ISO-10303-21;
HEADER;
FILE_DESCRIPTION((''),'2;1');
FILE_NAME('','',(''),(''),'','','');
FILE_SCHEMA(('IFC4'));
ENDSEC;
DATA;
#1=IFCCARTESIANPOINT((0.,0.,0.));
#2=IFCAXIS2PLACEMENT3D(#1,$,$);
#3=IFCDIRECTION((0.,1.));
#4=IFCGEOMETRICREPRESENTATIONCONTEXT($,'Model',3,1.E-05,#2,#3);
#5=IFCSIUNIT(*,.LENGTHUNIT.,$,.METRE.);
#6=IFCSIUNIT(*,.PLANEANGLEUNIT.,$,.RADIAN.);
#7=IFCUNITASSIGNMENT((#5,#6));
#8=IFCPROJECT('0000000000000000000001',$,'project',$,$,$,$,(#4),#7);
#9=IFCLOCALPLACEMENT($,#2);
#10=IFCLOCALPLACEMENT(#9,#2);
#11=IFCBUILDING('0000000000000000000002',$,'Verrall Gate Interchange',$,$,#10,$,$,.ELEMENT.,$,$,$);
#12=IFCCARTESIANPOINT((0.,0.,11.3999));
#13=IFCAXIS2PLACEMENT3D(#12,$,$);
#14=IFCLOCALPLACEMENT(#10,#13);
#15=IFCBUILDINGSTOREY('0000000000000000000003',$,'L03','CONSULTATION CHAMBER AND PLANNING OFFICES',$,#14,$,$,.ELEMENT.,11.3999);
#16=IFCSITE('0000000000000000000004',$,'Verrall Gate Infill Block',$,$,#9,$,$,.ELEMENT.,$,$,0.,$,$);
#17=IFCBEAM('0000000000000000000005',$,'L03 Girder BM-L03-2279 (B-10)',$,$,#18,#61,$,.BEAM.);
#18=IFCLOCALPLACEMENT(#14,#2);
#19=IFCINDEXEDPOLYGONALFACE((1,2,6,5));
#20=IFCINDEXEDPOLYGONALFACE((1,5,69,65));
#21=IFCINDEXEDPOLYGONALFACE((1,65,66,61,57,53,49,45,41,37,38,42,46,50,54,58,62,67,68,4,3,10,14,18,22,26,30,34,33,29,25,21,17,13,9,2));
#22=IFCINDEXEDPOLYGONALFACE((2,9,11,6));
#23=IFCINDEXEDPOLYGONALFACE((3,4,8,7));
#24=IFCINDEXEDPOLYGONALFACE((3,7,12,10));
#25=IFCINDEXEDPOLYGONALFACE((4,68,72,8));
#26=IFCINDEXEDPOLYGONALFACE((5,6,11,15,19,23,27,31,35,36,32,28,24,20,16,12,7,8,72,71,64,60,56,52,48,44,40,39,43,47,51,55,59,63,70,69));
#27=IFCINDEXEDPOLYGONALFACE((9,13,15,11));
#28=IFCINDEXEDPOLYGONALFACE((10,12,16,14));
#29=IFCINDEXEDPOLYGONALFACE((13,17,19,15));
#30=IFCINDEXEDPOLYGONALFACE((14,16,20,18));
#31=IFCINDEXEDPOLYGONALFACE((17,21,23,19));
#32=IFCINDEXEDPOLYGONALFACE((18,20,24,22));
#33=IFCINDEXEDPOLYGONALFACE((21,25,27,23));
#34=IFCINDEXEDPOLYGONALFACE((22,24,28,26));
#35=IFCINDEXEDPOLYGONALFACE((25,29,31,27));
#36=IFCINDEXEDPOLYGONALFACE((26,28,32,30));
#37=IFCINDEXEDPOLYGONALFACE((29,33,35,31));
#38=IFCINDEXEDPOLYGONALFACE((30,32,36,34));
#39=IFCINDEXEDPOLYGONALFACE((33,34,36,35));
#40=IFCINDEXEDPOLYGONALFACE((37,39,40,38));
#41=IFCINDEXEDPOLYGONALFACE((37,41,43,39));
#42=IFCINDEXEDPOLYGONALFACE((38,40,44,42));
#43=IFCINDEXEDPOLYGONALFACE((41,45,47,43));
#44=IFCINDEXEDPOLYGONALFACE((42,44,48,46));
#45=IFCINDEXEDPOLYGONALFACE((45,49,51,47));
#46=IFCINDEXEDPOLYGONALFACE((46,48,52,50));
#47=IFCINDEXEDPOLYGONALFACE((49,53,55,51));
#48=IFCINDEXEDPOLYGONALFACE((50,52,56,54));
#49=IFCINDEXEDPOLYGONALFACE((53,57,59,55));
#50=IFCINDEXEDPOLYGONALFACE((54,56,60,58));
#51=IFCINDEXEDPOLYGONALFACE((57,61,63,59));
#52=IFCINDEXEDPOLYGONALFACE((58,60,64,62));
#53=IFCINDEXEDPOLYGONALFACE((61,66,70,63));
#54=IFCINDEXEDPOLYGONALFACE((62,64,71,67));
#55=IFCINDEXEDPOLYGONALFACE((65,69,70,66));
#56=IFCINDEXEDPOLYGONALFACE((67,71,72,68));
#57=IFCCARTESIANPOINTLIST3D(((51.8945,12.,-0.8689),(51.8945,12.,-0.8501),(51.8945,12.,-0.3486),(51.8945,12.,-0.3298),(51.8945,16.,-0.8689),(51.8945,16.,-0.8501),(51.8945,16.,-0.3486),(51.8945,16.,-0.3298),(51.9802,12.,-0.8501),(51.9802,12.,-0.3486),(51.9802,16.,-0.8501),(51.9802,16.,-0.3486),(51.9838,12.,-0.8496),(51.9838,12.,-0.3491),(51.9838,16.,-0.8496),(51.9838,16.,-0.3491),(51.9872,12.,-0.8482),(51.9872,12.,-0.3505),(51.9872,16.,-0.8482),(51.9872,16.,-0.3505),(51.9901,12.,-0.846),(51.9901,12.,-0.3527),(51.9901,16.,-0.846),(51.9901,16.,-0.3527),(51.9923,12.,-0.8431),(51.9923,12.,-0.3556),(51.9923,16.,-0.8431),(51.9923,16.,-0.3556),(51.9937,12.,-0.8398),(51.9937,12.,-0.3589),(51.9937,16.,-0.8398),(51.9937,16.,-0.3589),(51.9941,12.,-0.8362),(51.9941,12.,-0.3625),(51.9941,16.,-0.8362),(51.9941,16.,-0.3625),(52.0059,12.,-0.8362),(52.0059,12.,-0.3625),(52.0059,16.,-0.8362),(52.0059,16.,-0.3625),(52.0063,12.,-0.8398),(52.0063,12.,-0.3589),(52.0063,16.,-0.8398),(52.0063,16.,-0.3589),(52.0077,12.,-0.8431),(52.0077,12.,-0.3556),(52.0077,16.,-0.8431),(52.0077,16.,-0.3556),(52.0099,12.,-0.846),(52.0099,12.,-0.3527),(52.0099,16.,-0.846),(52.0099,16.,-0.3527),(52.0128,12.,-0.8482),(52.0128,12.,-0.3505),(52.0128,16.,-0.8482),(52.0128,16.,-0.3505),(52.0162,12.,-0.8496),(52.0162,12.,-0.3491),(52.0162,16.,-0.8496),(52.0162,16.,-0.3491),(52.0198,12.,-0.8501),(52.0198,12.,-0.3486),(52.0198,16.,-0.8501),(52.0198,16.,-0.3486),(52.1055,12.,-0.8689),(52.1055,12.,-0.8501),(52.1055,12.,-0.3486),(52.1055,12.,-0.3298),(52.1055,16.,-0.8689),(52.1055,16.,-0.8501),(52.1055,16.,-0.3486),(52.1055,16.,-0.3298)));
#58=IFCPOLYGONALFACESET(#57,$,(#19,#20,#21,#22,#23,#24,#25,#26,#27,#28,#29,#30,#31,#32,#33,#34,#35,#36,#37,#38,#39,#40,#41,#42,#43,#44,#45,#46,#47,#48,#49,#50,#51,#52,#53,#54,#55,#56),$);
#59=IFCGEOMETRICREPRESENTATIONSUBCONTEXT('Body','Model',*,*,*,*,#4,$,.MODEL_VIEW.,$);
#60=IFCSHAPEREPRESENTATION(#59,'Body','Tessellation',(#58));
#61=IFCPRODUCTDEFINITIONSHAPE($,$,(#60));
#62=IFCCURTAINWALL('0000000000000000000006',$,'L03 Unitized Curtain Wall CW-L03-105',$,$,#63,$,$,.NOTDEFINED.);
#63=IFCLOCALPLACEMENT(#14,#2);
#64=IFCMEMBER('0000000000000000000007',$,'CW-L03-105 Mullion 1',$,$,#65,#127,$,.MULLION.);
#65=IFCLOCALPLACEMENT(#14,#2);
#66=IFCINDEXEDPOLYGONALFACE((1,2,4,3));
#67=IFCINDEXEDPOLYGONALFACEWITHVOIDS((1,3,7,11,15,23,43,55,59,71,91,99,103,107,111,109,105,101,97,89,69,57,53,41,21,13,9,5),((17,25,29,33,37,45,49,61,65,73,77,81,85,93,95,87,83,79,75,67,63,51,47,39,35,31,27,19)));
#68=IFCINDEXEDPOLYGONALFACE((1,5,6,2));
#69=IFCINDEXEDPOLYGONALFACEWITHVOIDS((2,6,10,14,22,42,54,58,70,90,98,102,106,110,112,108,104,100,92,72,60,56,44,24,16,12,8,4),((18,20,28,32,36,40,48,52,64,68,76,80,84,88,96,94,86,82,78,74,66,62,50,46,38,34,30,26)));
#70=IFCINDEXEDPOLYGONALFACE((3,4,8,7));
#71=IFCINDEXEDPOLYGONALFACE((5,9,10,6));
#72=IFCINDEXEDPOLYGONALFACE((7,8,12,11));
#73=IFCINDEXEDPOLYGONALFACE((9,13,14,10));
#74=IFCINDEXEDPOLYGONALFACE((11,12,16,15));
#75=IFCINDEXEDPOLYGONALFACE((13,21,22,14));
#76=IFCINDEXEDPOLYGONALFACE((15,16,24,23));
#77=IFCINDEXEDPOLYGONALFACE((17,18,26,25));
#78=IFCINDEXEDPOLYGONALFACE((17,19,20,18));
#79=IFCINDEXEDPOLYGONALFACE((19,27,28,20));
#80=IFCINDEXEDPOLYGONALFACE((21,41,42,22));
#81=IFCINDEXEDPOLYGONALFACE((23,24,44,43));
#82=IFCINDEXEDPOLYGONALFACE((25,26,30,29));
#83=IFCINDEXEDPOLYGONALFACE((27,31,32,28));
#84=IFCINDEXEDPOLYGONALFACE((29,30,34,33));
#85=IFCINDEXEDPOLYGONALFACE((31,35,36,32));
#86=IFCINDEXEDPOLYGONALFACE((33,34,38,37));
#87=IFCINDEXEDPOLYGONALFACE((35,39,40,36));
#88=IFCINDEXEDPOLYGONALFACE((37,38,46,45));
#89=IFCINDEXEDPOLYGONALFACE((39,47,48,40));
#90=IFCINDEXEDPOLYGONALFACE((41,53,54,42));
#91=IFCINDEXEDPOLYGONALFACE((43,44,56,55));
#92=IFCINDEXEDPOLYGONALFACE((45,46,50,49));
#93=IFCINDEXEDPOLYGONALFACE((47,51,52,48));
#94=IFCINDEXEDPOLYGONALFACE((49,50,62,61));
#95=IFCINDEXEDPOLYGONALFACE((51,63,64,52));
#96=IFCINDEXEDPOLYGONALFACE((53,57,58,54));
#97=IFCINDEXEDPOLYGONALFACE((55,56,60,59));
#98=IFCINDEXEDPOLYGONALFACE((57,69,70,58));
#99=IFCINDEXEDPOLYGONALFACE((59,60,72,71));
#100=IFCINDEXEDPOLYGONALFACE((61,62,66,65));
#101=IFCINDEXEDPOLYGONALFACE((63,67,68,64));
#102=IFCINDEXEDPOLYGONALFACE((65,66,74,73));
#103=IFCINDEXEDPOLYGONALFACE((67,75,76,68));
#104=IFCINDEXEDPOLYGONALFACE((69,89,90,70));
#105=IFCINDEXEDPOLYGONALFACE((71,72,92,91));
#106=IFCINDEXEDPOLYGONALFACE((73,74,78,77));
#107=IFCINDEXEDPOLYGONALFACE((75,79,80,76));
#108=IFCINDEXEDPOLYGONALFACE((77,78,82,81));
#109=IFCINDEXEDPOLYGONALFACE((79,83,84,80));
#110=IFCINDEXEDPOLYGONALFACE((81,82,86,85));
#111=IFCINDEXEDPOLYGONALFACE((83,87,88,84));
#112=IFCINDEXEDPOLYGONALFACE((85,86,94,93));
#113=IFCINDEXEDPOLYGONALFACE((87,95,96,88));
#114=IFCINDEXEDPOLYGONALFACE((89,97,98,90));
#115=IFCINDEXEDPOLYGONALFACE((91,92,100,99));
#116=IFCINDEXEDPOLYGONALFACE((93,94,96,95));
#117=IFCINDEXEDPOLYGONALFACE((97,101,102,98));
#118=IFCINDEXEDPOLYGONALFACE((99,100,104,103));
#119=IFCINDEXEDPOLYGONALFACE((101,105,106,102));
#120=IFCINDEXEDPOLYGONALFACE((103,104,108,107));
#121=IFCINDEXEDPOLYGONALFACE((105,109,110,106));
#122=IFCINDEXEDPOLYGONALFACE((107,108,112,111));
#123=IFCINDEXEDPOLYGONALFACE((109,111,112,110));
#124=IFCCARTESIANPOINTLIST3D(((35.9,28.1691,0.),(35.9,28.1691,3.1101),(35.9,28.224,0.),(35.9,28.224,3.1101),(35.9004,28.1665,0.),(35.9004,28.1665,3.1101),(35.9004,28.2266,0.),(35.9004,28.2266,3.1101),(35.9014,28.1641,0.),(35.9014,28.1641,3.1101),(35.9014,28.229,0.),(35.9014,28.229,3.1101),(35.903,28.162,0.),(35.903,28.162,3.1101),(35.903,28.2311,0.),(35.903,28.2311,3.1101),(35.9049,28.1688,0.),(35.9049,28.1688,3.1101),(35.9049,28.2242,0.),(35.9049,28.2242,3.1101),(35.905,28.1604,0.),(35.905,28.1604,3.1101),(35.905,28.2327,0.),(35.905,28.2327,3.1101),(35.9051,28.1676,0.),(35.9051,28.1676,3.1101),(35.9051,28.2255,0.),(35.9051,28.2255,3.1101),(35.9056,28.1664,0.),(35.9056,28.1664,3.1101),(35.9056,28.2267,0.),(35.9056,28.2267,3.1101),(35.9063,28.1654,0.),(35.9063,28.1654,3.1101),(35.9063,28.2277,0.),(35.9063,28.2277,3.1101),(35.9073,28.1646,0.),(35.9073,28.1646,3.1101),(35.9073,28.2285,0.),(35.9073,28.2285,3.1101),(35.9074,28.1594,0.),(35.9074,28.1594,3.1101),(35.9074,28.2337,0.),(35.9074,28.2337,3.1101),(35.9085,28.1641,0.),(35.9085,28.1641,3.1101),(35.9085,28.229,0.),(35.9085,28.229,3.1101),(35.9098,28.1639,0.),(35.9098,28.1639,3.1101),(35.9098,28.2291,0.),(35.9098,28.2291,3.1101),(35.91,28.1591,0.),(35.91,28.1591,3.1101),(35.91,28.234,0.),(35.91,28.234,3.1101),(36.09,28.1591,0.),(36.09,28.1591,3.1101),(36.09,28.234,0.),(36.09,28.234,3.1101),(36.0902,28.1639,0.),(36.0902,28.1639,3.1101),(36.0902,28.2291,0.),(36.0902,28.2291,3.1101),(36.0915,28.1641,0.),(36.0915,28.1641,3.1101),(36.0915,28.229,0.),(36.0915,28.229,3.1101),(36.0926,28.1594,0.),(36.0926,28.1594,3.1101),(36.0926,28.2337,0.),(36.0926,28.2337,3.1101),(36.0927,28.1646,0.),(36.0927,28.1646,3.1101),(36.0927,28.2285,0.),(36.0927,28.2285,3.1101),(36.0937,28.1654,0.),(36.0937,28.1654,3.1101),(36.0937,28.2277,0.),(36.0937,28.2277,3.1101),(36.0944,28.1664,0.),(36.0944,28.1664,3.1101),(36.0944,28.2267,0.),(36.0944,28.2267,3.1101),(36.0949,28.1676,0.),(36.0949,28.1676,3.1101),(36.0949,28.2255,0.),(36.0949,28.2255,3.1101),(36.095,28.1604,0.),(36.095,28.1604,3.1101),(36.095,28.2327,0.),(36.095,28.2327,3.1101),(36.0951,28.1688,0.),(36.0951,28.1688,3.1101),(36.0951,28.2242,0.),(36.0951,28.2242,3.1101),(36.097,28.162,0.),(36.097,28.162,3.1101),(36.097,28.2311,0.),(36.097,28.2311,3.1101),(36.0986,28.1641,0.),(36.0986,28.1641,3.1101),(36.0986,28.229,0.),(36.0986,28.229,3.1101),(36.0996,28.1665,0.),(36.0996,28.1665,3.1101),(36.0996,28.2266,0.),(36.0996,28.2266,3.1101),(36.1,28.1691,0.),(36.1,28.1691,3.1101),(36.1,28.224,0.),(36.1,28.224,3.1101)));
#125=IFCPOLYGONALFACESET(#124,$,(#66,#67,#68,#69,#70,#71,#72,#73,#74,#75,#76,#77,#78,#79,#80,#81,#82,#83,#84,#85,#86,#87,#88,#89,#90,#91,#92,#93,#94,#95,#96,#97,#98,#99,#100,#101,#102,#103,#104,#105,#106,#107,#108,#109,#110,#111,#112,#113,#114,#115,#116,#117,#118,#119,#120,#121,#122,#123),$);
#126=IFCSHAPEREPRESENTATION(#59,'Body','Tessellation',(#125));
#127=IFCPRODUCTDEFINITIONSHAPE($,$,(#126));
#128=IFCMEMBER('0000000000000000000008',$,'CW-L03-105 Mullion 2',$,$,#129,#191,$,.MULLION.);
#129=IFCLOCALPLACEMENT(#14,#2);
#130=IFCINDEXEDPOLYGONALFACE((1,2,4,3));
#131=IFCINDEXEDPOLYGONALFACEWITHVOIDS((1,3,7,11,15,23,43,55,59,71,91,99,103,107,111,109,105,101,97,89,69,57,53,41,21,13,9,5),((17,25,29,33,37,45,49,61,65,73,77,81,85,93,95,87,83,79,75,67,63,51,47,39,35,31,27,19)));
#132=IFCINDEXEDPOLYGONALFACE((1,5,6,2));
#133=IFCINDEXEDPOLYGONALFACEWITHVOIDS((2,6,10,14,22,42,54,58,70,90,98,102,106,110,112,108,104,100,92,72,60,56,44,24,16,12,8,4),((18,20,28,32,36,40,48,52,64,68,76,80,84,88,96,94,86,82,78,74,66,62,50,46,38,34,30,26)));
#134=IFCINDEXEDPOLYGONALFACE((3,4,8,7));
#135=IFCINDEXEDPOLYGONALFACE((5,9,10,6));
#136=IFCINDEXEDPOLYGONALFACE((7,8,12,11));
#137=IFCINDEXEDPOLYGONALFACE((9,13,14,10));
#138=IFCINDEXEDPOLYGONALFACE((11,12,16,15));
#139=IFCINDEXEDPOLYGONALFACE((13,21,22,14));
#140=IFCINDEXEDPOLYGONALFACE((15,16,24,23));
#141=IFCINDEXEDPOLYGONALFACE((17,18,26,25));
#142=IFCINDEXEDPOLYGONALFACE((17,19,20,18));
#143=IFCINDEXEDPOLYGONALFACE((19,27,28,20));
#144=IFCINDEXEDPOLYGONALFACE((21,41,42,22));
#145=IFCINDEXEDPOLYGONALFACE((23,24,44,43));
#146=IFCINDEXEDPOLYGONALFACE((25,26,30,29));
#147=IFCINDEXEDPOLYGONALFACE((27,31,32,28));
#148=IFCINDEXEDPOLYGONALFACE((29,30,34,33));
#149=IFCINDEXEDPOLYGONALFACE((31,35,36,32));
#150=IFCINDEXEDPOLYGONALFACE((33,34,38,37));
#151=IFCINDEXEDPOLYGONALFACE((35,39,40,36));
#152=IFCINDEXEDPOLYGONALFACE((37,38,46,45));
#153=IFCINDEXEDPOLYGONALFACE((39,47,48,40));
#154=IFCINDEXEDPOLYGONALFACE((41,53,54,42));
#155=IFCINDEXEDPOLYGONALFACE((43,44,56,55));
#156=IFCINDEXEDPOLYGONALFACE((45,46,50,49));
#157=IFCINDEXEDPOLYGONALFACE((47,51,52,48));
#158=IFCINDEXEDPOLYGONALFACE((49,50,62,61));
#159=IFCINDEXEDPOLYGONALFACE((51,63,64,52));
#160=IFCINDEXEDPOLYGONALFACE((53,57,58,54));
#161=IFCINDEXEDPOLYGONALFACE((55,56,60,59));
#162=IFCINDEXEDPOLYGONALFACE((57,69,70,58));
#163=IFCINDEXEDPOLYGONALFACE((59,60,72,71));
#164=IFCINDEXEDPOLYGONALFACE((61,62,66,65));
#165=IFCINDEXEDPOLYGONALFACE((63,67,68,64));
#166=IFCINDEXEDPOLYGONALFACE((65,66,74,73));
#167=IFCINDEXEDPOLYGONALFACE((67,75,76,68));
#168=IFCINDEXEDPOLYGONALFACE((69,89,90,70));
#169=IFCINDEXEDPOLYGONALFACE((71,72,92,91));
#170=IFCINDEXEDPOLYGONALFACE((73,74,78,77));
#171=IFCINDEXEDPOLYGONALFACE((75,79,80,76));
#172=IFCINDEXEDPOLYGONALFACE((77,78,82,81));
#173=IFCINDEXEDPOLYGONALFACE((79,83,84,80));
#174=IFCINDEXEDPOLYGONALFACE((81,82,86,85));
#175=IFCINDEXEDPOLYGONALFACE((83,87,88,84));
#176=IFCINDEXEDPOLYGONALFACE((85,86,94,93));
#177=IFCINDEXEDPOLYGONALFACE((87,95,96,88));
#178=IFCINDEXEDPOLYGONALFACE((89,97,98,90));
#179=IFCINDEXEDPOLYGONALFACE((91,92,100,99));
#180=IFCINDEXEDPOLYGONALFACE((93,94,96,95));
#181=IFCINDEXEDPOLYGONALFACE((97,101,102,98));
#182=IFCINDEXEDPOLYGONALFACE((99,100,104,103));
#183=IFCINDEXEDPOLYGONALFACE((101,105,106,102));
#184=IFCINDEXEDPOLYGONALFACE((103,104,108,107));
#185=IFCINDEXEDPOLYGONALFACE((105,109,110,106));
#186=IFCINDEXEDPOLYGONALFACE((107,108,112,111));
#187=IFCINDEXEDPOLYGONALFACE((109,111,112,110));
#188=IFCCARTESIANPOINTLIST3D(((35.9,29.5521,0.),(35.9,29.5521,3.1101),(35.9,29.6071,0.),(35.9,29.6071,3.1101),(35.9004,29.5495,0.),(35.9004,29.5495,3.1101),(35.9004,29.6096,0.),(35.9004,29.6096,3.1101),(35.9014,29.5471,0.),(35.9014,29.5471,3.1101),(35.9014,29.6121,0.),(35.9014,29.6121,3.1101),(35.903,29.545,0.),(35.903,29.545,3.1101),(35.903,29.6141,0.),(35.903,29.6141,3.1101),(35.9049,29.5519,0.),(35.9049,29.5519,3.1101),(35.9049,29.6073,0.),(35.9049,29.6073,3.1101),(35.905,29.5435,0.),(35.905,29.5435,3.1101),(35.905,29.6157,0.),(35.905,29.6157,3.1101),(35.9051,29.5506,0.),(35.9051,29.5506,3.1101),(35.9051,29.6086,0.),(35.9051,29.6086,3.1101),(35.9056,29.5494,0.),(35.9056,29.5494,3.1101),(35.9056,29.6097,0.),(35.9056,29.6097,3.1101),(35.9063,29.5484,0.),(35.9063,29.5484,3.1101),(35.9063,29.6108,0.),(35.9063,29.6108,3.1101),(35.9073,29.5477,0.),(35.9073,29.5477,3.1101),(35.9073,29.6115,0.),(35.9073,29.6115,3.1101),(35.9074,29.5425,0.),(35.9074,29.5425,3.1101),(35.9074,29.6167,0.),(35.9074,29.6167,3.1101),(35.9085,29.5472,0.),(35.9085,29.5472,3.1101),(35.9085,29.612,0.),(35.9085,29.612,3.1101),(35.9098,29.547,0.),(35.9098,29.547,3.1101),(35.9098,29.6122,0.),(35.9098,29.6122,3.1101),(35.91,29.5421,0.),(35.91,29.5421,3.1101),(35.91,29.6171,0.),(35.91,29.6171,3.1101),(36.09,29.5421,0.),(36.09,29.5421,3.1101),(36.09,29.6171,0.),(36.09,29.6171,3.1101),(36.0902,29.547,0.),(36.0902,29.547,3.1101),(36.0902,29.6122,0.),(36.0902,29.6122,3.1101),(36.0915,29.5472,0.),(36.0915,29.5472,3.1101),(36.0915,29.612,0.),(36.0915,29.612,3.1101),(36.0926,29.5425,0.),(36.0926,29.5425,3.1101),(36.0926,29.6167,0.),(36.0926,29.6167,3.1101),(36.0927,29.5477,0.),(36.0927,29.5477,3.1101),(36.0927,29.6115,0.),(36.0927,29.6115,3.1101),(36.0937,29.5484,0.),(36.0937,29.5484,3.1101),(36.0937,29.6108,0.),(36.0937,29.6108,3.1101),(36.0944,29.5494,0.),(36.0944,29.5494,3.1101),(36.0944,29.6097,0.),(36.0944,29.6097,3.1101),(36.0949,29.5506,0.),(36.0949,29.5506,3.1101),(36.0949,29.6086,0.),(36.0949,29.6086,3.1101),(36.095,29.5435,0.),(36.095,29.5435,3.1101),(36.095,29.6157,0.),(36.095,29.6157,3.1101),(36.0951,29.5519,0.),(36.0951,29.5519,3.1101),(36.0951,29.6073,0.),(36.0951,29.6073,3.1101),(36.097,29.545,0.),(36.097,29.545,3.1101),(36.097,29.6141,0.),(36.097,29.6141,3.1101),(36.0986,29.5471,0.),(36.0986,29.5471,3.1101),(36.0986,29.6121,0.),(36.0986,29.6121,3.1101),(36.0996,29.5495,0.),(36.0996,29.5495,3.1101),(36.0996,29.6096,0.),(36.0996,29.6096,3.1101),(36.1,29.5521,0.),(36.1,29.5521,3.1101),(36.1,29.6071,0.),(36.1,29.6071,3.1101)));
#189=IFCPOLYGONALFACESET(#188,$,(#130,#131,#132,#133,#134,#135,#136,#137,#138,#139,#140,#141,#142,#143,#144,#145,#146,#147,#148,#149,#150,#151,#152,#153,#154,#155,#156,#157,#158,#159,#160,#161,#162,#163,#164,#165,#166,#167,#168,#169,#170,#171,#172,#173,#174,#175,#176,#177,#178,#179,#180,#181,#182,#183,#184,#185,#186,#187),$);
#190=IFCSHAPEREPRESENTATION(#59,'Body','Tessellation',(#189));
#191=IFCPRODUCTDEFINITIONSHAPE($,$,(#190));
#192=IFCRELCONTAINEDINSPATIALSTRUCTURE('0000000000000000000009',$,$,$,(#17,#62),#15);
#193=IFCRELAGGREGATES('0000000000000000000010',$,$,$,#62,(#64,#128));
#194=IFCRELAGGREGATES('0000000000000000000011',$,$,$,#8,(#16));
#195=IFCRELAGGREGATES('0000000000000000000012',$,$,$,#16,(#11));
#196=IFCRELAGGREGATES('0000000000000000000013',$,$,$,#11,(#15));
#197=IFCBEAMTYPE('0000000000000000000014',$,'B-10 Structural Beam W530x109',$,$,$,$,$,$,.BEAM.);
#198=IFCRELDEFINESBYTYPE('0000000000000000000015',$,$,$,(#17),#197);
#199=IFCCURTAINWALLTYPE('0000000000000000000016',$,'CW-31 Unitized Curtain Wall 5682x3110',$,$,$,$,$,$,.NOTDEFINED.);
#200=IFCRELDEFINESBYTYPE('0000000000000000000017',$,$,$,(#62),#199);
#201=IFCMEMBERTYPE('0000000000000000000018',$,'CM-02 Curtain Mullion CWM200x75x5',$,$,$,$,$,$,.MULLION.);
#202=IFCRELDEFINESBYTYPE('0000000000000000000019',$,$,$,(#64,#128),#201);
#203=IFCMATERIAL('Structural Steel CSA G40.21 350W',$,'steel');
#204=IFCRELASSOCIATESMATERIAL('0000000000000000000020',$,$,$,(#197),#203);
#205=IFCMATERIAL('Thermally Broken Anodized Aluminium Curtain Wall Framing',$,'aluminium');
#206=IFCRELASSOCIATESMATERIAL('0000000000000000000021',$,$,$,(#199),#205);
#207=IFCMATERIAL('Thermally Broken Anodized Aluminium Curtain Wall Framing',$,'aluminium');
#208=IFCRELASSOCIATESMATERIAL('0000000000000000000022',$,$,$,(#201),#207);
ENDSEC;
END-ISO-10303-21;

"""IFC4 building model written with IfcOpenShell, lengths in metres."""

from ifc_helpers import new_model, si_unit, direction, frame, origin, origin_2d, place, context, subcontext, project, spatial, hollow_rectangle, i_section, extrude, material, material_profile, profile_set, type_object, element, aggregate, save


model = new_model("IFC4")

# Units and contexts
model_context = context("Model", 3, precision=1e-05, world=origin(), true_north=direction((0.0, 1.0)))
body_context = subcontext(model_context, "Body", "Model", "MODEL_VIEW")
ifc_project = project(units=[si_unit("LENGTHUNIT", "METRE"), si_unit("PLANEANGLEUNIT", "RADIAN")], contexts=[model_context])

# Site, building, storey
site_placement = place(None, origin())
site = spatial("IfcSite", under=ifc_project, at=site_placement, Name="Verrall Gate Infill Block", CompositionType="ELEMENT", RefElevation=0.0)
building_placement = place(site_placement, origin())
building = spatial("IfcBuilding", under=site, at=building_placement, Name="Verrall Gate Interchange", CompositionType="ELEMENT")
storey_placement = place(building_placement, frame((0.0, 0.0, 11.3999)))
storey = spatial("IfcBuildingStorey", under=building, at=storey_placement, Name="L03", Description="CONSULTATION CHAMBER AND PLANNING OFFICES", CompositionType="ELEMENT", Elevation=11.3999)

# Beam
ifc_material_1 = material(Name="Structural Steel CSA G40.21 350W", Category="steel")
ifc_material_profile_1 = material_profile(ifc_material_1, i_section(OverallWidth=0.2109, OverallDepth=0.5391, WebThickness=0.0117, FlangeThickness=0.0188, FilletRadius=0.0139, at=origin_2d()), Name="W530x109")
ifc_profile_set_1 = profile_set([ifc_material_profile_1], Name="Structural Steel CSA G40.21 350W")
beam_type_1 = type_object("IfcBeamType", Name="B-10 Structural Beam W530x109", PredefinedType="BEAM", material=ifc_profile_set_1)
beam_1_placement = place(storey_placement, frame((52.0, 12.0, -0.5994), z_axis=(0.0, 1.0, 0.0), x_axis=(-1.0, 0.0, 0.0)))
element("IfcBeam", 1, at=beam_1_placement, inside=storey, type_object=beam_type_1, Name="L03 Girder BM-L03-2279 (B-10)", PredefinedType="BEAM", context=body_context, shape_type="SweptSolid", body=[
    extrude(i_section(OverallWidth=0.2109, OverallDepth=0.5391, WebThickness=0.0117, FlangeThickness=0.0188, FilletRadius=0.0139, at=origin_2d()), origin(), (0.0, 0.0, 1.0), 4.0),
])

# Curtain wall, members
ifc_material_2 = material(Name="Thermally Broken Anodized Aluminium Curtain Wall Framing", Category="aluminium")
curtain_wall_type_1 = type_object("IfcCurtainWallType", Name="CW-31 Unitized Curtain Wall 5682x3110", PredefinedType="NOTDEFINED", material=ifc_material_2)
curtain_wall_1_placement = place(storey_placement, origin())
curtain_wall_1 = element("IfcCurtainWall", 2, at=curtain_wall_1_placement, inside=storey, type_object=curtain_wall_type_1, Name="L03 Unitized Curtain Wall CW-L03-105", PredefinedType="NOTDEFINED")
ifc_material_3 = material(Name="Thermally Broken Anodized Aluminium Curtain Wall Framing", Category="aluminium")
ifc_material_profile_2 = material_profile(ifc_material_3, hollow_rectangle(XDim=0.075, YDim=0.2, WallThickness=0.0049, InnerFilletRadius=0.0049, OuterFilletRadius=0.01, at=origin_2d()), Name="CWM200x75x5")
ifc_profile_set_2 = profile_set([ifc_material_profile_2], Name="Thermally Broken Anodized Aluminium Curtain Wall Framing")
member_type = type_object("IfcMemberType", Name="CM-02 Curtain Mullion CWM200x75x5", PredefinedType="MULLION", material=ifc_profile_set_2)
member_1_placement = place(storey_placement, frame((36.0, 28.1965, 0.0), z_axis=(0.0, 0.0, 1.0), x_axis=(0.0, 1.0, 0.0)))
member_1 = element("IfcMember", 3, at=member_1_placement, type_object=member_type, Name="CW-L03-105 Mullion 1", PredefinedType="MULLION", context=body_context, shape_type="SweptSolid", body=[
    extrude(hollow_rectangle(XDim=0.075, YDim=0.2, WallThickness=0.0049, InnerFilletRadius=0.0049, OuterFilletRadius=0.01, at=origin_2d()), origin(), (0.0, 0.0, 1.0), 3.1101),
])
member_2_placement = place(storey_placement, frame((36.0, 29.5796, 0.0), z_axis=(0.0, 0.0, 1.0), x_axis=(0.0, 1.0, 0.0)))
member_2 = element("IfcMember", 4, at=member_2_placement, type_object=member_type, Name="CW-L03-105 Mullion 2", PredefinedType="MULLION", context=body_context, shape_type="SweptSolid", body=[
    extrude(hollow_rectangle(XDim=0.075, YDim=0.2, WallThickness=0.0049, InnerFilletRadius=0.0049, OuterFilletRadius=0.01, at=origin_2d()), origin(), (0.0, 0.0, 1.0), 3.1101),
])

aggregate(curtain_wall_1, [member_1, member_2])

save(model, "model.ifc")
